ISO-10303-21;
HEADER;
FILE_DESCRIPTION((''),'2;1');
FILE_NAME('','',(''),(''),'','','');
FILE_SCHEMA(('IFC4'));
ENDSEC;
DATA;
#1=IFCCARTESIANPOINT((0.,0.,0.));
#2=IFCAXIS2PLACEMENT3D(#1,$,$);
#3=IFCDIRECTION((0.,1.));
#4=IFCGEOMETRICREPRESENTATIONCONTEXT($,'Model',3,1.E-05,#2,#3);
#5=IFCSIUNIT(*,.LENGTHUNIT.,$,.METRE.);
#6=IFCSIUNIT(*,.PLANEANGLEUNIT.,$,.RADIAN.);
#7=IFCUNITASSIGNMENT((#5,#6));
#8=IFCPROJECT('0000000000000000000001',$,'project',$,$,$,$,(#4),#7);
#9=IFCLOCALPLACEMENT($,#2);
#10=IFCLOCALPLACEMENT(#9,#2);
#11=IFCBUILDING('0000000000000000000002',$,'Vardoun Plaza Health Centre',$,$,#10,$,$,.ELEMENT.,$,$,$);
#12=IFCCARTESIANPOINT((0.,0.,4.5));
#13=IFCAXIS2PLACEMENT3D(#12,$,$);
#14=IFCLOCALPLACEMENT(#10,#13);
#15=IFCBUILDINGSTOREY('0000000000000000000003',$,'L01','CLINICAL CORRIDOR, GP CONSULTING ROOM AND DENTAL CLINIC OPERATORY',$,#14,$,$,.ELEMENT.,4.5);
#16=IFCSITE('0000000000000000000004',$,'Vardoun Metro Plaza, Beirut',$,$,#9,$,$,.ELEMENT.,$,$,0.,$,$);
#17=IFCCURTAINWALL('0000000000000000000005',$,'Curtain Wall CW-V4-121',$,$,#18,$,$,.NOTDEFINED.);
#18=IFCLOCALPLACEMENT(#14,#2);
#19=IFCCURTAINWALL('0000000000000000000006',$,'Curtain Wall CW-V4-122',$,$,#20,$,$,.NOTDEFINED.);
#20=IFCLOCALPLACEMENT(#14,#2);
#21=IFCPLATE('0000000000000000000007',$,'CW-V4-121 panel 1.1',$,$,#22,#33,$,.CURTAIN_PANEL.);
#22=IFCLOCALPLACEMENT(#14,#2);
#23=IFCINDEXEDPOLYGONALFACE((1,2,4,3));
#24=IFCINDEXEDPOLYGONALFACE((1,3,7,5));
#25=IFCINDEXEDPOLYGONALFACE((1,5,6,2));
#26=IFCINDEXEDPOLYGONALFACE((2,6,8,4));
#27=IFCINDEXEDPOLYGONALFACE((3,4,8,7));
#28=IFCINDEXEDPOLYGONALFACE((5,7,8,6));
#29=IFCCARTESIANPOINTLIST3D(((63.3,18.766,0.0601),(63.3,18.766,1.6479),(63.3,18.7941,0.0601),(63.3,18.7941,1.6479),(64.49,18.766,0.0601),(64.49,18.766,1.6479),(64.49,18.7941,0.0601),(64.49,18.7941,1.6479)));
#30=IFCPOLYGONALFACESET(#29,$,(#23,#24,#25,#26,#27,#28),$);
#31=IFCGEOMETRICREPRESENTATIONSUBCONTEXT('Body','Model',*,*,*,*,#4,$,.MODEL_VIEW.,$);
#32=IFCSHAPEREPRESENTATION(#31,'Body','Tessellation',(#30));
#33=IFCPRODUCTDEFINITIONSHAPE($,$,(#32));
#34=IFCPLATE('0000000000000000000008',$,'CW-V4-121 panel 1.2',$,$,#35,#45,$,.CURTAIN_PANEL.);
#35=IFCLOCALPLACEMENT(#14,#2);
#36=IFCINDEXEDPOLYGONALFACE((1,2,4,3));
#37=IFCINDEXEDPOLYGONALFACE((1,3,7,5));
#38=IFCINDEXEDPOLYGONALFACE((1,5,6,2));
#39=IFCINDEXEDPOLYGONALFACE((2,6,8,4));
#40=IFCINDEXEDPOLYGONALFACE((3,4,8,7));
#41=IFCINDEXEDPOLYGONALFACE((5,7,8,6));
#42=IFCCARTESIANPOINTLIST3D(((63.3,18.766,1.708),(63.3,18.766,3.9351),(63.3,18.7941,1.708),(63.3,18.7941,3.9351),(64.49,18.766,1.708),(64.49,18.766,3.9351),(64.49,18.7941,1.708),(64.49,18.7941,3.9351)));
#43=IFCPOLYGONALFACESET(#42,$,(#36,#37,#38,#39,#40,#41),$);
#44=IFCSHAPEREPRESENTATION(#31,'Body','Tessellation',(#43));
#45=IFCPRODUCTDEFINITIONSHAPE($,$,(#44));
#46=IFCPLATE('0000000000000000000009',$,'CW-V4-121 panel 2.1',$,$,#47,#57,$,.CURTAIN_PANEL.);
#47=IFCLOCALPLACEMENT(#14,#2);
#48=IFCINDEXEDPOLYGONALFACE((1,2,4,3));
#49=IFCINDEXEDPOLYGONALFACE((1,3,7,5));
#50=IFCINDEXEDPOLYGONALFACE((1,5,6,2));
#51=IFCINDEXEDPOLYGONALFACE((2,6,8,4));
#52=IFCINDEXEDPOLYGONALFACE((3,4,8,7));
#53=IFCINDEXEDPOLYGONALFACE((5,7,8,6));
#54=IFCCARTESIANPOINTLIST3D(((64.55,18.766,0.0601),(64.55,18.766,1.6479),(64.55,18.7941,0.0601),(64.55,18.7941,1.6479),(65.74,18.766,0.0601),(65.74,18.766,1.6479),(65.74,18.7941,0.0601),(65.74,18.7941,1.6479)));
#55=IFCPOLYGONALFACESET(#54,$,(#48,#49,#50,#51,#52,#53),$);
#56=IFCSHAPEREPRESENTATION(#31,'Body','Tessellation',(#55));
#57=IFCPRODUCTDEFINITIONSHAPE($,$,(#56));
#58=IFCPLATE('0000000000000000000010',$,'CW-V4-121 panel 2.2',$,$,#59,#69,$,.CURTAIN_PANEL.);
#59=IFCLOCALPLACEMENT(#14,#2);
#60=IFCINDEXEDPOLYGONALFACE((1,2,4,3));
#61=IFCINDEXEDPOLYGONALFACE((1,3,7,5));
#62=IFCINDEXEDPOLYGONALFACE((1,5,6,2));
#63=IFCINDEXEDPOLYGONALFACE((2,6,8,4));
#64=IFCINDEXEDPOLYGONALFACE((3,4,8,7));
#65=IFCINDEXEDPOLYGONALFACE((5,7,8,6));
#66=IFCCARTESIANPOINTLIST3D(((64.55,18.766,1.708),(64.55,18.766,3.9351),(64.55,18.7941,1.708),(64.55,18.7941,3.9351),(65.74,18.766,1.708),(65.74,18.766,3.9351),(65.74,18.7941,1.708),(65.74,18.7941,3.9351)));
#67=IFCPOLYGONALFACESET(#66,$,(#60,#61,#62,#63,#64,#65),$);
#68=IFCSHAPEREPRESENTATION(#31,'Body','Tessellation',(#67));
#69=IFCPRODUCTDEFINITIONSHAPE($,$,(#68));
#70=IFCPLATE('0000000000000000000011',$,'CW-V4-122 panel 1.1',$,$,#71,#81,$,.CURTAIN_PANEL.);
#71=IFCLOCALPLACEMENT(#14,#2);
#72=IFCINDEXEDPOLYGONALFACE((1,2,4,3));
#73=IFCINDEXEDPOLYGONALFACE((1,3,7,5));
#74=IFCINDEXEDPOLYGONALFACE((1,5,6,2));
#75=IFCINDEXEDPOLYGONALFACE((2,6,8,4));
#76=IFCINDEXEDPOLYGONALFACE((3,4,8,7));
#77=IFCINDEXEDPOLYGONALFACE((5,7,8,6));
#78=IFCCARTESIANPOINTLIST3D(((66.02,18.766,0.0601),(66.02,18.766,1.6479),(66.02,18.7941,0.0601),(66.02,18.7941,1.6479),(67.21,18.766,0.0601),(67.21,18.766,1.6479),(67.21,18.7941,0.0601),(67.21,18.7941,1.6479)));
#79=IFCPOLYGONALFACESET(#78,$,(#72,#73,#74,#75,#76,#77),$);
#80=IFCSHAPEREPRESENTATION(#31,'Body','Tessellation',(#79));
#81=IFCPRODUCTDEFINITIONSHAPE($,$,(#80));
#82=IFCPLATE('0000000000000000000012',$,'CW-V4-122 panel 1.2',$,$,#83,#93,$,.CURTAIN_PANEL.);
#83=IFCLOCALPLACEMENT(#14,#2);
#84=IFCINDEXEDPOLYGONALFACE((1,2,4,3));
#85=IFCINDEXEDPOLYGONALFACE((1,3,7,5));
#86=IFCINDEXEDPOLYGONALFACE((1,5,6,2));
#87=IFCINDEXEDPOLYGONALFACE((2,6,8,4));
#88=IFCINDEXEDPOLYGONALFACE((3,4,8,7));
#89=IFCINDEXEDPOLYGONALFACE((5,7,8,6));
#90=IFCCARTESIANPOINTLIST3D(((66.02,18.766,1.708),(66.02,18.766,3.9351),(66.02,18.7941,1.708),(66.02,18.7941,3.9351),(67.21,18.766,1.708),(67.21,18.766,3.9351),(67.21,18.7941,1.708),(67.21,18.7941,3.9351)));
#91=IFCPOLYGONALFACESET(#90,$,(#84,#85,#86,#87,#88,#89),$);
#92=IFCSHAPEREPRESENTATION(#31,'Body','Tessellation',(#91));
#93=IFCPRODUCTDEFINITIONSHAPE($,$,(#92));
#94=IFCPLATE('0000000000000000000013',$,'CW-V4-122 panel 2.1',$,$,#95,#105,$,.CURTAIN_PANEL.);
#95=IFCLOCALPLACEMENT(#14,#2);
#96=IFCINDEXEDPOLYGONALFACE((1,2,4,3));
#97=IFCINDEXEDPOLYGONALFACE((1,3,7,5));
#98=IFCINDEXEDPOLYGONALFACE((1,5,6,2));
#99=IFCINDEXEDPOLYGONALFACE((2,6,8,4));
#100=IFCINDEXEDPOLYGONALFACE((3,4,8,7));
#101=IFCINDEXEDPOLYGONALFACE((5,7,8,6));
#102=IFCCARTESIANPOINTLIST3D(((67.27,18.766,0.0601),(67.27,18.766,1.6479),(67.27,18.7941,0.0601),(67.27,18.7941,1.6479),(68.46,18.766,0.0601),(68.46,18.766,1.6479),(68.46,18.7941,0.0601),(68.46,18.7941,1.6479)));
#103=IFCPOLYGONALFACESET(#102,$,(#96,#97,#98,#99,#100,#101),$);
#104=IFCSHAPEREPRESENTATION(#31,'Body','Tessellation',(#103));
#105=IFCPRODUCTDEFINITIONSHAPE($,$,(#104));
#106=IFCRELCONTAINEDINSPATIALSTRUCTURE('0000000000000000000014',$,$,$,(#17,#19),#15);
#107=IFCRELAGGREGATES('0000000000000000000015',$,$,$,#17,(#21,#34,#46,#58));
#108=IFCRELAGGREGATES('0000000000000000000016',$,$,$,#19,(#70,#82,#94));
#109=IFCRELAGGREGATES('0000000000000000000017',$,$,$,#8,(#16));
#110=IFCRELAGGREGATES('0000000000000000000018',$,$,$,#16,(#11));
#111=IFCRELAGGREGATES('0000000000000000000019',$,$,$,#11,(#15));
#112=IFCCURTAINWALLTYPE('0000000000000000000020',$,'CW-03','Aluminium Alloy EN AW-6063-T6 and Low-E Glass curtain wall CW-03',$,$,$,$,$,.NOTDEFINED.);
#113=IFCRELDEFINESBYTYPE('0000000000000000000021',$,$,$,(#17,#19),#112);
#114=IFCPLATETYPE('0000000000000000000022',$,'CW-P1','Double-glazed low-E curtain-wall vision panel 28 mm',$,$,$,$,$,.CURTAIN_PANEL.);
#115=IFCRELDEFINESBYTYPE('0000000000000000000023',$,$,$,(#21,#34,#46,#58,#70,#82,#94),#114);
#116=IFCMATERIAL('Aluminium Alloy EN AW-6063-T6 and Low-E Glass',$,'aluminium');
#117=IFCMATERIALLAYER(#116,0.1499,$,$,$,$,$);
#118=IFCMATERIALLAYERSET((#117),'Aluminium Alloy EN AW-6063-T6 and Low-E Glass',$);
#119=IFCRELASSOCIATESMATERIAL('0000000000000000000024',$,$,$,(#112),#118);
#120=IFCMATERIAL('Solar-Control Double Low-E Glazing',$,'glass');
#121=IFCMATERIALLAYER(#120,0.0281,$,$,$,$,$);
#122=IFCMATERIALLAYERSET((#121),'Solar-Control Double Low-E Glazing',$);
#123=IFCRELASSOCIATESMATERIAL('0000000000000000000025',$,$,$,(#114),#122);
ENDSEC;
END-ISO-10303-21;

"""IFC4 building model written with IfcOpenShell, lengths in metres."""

from ifc_helpers import new_model, si_unit, direction, frame, origin, origin_2d, place, context, subcontext, project, spatial, rectangle, extrude, material, layer, layer_set, type_object, element, aggregate, save


model = new_model("IFC4")

# Units and contexts
model_context = context("Model", 3, precision=1e-05, world=origin(), true_north=direction((0.0, 1.0)))
body_context = subcontext(model_context, "Body", "Model", "MODEL_VIEW")
ifc_project = project(units=[si_unit("LENGTHUNIT", "METRE"), si_unit("PLANEANGLEUNIT", "RADIAN")], contexts=[model_context])

# Site, building, storey
site_placement = place(None, origin())
site = spatial("IfcSite", under=ifc_project, at=site_placement, Name="Vardoun Metro Plaza, Beirut", CompositionType="ELEMENT", RefElevation=0.0)
building_placement = place(site_placement, origin())
building = spatial("IfcBuilding", under=site, at=building_placement, Name="Vardoun Plaza Health Centre", CompositionType="ELEMENT")
storey_placement = place(building_placement, frame((0.0, 0.0, 4.5)))
storey = spatial("IfcBuildingStorey", under=building, at=storey_placement, Name="L01", Description="CLINICAL CORRIDOR, GP CONSULTING ROOM AND DENTAL CLINIC OPERATORY", CompositionType="ELEMENT", Elevation=4.5)

# Curtain walls
ifc_material_1 = material(Name="Aluminium Alloy EN AW-6063-T6 and Low-E Glass", Category="aluminium")
ifc_layer_1 = layer(ifc_material_1, 0.1499)
ifc_layer_set_1 = layer_set([ifc_layer_1], Name="Aluminium Alloy EN AW-6063-T6 and Low-E Glass")
curtain_wall_type = type_object("IfcCurtainWallType", Name="CW-03", Description="Aluminium Alloy EN AW-6063-T6 and Low-E Glass curtain wall CW-03", PredefinedType="NOTDEFINED", material=ifc_layer_set_1)
curtain_wall_1_placement = place(storey_placement, origin())
curtain_wall_1 = element("IfcCurtainWall", 1, at=curtain_wall_1_placement, inside=storey, type_object=curtain_wall_type, Name="Curtain Wall CW-V4-121", PredefinedType="NOTDEFINED")
curtain_wall_2_placement = place(storey_placement, origin())
curtain_wall_2 = element("IfcCurtainWall", 2, at=curtain_wall_2_placement, inside=storey, type_object=curtain_wall_type, Name="Curtain Wall CW-V4-122", PredefinedType="NOTDEFINED")

# Plates
ifc_material_2 = material(Name="Solar-Control Double Low-E Glazing", Category="glass")
ifc_layer_2 = layer(ifc_material_2, 0.0281)
ifc_layer_set_2 = layer_set([ifc_layer_2], Name="Solar-Control Double Low-E Glazing")
plate_type = type_object("IfcPlateType", Name="CW-P1", Description="Double-glazed low-E curtain-wall vision panel 28 mm", PredefinedType="CURTAIN_PANEL", material=ifc_layer_set_2)
plate_1_placement = place(storey_placement, frame((63.895, 18.78, 0.0601), z_axis=(0.0, 0.0, 1.0), x_axis=(1.0, 0.0, 0.0)))
plate_1 = element("IfcPlate", 3, at=plate_1_placement, type_object=plate_type, Name="CW-V4-121 panel 1.1", PredefinedType="CURTAIN_PANEL", context=body_context, shape_type="SweptSolid", body=[
    extrude(rectangle(XDim=1.1899, YDim=0.0281, at=origin_2d()), origin(), (0.0, 0.0, 1.0), 1.5879),
])
plate_2_placement = place(storey_placement, frame((63.895, 18.78, 1.708), z_axis=(0.0, 0.0, 1.0), x_axis=(1.0, 0.0, 0.0)))
plate_2 = element("IfcPlate", 4, at=plate_2_placement, type_object=plate_type, Name="CW-V4-121 panel 1.2", PredefinedType="CURTAIN_PANEL", context=body_context, shape_type="SweptSolid", body=[
    extrude(rectangle(XDim=1.1899, YDim=0.0281, at=origin_2d()), origin(), (0.0, 0.0, 1.0), 2.2271),
])
plate_3_placement = place(storey_placement, frame((65.145, 18.78, 0.0601), z_axis=(0.0, 0.0, 1.0), x_axis=(1.0, 0.0, 0.0)))
plate_3 = element("IfcPlate", 5, at=plate_3_placement, type_object=plate_type, Name="CW-V4-121 panel 2.1", PredefinedType="CURTAIN_PANEL", context=body_context, shape_type="SweptSolid", body=[
    extrude(rectangle(XDim=1.1899, YDim=0.0281, at=origin_2d()), origin(), (0.0, 0.0, 1.0), 1.5879),
])
plate_4_placement = place(storey_placement, frame((65.145, 18.78, 1.708), z_axis=(0.0, 0.0, 1.0), x_axis=(1.0, 0.0, 0.0)))
plate_4 = element("IfcPlate", 6, at=plate_4_placement, type_object=plate_type, Name="CW-V4-121 panel 2.2", PredefinedType="CURTAIN_PANEL", context=body_context, shape_type="SweptSolid", body=[
    extrude(rectangle(XDim=1.1899, YDim=0.0281, at=origin_2d()), origin(), (0.0, 0.0, 1.0), 2.2271),
])
aggregate(curtain_wall_1, [plate_1, plate_2, plate_3, plate_4])
plate_5_placement = place(storey_placement, frame((66.615, 18.78, 0.0601), z_axis=(0.0, 0.0, 1.0), x_axis=(1.0, 0.0, 0.0)))
plate_5 = element("IfcPlate", 7, at=plate_5_placement, type_object=plate_type, Name="CW-V4-122 panel 1.1", PredefinedType="CURTAIN_PANEL", context=body_context, shape_type="SweptSolid", body=[
    extrude(rectangle(XDim=1.1899, YDim=0.0281, at=origin_2d()), origin(), (0.0, 0.0, 1.0), 1.5879),
])
plate_6_placement = place(storey_placement, frame((66.615, 18.78, 1.708), z_axis=(0.0, 0.0, 1.0), x_axis=(1.0, 0.0, 0.0)))
plate_6 = element("IfcPlate", 8, at=plate_6_placement, type_object=plate_type, Name="CW-V4-122 panel 1.2", PredefinedType="CURTAIN_PANEL", context=body_context, shape_type="SweptSolid", body=[
    extrude(rectangle(XDim=1.1899, YDim=0.0281, at=origin_2d()), origin(), (0.0, 0.0, 1.0), 2.2271),
])
plate_7_placement = place(storey_placement, frame((67.865, 18.78, 0.0601), z_axis=(0.0, 0.0, 1.0), x_axis=(1.0, 0.0, 0.0)))
plate_7 = element("IfcPlate", 9, at=plate_7_placement, type_object=plate_type, Name="CW-V4-122 panel 2.1", PredefinedType="CURTAIN_PANEL", context=body_context, shape_type="SweptSolid", body=[
    extrude(rectangle(XDim=1.1899, YDim=0.0281, at=origin_2d()), origin(), (0.0, 0.0, 1.0), 1.5879),
])
aggregate(curtain_wall_2, [plate_5, plate_6, plate_7])

save(model, "model.ifc")
